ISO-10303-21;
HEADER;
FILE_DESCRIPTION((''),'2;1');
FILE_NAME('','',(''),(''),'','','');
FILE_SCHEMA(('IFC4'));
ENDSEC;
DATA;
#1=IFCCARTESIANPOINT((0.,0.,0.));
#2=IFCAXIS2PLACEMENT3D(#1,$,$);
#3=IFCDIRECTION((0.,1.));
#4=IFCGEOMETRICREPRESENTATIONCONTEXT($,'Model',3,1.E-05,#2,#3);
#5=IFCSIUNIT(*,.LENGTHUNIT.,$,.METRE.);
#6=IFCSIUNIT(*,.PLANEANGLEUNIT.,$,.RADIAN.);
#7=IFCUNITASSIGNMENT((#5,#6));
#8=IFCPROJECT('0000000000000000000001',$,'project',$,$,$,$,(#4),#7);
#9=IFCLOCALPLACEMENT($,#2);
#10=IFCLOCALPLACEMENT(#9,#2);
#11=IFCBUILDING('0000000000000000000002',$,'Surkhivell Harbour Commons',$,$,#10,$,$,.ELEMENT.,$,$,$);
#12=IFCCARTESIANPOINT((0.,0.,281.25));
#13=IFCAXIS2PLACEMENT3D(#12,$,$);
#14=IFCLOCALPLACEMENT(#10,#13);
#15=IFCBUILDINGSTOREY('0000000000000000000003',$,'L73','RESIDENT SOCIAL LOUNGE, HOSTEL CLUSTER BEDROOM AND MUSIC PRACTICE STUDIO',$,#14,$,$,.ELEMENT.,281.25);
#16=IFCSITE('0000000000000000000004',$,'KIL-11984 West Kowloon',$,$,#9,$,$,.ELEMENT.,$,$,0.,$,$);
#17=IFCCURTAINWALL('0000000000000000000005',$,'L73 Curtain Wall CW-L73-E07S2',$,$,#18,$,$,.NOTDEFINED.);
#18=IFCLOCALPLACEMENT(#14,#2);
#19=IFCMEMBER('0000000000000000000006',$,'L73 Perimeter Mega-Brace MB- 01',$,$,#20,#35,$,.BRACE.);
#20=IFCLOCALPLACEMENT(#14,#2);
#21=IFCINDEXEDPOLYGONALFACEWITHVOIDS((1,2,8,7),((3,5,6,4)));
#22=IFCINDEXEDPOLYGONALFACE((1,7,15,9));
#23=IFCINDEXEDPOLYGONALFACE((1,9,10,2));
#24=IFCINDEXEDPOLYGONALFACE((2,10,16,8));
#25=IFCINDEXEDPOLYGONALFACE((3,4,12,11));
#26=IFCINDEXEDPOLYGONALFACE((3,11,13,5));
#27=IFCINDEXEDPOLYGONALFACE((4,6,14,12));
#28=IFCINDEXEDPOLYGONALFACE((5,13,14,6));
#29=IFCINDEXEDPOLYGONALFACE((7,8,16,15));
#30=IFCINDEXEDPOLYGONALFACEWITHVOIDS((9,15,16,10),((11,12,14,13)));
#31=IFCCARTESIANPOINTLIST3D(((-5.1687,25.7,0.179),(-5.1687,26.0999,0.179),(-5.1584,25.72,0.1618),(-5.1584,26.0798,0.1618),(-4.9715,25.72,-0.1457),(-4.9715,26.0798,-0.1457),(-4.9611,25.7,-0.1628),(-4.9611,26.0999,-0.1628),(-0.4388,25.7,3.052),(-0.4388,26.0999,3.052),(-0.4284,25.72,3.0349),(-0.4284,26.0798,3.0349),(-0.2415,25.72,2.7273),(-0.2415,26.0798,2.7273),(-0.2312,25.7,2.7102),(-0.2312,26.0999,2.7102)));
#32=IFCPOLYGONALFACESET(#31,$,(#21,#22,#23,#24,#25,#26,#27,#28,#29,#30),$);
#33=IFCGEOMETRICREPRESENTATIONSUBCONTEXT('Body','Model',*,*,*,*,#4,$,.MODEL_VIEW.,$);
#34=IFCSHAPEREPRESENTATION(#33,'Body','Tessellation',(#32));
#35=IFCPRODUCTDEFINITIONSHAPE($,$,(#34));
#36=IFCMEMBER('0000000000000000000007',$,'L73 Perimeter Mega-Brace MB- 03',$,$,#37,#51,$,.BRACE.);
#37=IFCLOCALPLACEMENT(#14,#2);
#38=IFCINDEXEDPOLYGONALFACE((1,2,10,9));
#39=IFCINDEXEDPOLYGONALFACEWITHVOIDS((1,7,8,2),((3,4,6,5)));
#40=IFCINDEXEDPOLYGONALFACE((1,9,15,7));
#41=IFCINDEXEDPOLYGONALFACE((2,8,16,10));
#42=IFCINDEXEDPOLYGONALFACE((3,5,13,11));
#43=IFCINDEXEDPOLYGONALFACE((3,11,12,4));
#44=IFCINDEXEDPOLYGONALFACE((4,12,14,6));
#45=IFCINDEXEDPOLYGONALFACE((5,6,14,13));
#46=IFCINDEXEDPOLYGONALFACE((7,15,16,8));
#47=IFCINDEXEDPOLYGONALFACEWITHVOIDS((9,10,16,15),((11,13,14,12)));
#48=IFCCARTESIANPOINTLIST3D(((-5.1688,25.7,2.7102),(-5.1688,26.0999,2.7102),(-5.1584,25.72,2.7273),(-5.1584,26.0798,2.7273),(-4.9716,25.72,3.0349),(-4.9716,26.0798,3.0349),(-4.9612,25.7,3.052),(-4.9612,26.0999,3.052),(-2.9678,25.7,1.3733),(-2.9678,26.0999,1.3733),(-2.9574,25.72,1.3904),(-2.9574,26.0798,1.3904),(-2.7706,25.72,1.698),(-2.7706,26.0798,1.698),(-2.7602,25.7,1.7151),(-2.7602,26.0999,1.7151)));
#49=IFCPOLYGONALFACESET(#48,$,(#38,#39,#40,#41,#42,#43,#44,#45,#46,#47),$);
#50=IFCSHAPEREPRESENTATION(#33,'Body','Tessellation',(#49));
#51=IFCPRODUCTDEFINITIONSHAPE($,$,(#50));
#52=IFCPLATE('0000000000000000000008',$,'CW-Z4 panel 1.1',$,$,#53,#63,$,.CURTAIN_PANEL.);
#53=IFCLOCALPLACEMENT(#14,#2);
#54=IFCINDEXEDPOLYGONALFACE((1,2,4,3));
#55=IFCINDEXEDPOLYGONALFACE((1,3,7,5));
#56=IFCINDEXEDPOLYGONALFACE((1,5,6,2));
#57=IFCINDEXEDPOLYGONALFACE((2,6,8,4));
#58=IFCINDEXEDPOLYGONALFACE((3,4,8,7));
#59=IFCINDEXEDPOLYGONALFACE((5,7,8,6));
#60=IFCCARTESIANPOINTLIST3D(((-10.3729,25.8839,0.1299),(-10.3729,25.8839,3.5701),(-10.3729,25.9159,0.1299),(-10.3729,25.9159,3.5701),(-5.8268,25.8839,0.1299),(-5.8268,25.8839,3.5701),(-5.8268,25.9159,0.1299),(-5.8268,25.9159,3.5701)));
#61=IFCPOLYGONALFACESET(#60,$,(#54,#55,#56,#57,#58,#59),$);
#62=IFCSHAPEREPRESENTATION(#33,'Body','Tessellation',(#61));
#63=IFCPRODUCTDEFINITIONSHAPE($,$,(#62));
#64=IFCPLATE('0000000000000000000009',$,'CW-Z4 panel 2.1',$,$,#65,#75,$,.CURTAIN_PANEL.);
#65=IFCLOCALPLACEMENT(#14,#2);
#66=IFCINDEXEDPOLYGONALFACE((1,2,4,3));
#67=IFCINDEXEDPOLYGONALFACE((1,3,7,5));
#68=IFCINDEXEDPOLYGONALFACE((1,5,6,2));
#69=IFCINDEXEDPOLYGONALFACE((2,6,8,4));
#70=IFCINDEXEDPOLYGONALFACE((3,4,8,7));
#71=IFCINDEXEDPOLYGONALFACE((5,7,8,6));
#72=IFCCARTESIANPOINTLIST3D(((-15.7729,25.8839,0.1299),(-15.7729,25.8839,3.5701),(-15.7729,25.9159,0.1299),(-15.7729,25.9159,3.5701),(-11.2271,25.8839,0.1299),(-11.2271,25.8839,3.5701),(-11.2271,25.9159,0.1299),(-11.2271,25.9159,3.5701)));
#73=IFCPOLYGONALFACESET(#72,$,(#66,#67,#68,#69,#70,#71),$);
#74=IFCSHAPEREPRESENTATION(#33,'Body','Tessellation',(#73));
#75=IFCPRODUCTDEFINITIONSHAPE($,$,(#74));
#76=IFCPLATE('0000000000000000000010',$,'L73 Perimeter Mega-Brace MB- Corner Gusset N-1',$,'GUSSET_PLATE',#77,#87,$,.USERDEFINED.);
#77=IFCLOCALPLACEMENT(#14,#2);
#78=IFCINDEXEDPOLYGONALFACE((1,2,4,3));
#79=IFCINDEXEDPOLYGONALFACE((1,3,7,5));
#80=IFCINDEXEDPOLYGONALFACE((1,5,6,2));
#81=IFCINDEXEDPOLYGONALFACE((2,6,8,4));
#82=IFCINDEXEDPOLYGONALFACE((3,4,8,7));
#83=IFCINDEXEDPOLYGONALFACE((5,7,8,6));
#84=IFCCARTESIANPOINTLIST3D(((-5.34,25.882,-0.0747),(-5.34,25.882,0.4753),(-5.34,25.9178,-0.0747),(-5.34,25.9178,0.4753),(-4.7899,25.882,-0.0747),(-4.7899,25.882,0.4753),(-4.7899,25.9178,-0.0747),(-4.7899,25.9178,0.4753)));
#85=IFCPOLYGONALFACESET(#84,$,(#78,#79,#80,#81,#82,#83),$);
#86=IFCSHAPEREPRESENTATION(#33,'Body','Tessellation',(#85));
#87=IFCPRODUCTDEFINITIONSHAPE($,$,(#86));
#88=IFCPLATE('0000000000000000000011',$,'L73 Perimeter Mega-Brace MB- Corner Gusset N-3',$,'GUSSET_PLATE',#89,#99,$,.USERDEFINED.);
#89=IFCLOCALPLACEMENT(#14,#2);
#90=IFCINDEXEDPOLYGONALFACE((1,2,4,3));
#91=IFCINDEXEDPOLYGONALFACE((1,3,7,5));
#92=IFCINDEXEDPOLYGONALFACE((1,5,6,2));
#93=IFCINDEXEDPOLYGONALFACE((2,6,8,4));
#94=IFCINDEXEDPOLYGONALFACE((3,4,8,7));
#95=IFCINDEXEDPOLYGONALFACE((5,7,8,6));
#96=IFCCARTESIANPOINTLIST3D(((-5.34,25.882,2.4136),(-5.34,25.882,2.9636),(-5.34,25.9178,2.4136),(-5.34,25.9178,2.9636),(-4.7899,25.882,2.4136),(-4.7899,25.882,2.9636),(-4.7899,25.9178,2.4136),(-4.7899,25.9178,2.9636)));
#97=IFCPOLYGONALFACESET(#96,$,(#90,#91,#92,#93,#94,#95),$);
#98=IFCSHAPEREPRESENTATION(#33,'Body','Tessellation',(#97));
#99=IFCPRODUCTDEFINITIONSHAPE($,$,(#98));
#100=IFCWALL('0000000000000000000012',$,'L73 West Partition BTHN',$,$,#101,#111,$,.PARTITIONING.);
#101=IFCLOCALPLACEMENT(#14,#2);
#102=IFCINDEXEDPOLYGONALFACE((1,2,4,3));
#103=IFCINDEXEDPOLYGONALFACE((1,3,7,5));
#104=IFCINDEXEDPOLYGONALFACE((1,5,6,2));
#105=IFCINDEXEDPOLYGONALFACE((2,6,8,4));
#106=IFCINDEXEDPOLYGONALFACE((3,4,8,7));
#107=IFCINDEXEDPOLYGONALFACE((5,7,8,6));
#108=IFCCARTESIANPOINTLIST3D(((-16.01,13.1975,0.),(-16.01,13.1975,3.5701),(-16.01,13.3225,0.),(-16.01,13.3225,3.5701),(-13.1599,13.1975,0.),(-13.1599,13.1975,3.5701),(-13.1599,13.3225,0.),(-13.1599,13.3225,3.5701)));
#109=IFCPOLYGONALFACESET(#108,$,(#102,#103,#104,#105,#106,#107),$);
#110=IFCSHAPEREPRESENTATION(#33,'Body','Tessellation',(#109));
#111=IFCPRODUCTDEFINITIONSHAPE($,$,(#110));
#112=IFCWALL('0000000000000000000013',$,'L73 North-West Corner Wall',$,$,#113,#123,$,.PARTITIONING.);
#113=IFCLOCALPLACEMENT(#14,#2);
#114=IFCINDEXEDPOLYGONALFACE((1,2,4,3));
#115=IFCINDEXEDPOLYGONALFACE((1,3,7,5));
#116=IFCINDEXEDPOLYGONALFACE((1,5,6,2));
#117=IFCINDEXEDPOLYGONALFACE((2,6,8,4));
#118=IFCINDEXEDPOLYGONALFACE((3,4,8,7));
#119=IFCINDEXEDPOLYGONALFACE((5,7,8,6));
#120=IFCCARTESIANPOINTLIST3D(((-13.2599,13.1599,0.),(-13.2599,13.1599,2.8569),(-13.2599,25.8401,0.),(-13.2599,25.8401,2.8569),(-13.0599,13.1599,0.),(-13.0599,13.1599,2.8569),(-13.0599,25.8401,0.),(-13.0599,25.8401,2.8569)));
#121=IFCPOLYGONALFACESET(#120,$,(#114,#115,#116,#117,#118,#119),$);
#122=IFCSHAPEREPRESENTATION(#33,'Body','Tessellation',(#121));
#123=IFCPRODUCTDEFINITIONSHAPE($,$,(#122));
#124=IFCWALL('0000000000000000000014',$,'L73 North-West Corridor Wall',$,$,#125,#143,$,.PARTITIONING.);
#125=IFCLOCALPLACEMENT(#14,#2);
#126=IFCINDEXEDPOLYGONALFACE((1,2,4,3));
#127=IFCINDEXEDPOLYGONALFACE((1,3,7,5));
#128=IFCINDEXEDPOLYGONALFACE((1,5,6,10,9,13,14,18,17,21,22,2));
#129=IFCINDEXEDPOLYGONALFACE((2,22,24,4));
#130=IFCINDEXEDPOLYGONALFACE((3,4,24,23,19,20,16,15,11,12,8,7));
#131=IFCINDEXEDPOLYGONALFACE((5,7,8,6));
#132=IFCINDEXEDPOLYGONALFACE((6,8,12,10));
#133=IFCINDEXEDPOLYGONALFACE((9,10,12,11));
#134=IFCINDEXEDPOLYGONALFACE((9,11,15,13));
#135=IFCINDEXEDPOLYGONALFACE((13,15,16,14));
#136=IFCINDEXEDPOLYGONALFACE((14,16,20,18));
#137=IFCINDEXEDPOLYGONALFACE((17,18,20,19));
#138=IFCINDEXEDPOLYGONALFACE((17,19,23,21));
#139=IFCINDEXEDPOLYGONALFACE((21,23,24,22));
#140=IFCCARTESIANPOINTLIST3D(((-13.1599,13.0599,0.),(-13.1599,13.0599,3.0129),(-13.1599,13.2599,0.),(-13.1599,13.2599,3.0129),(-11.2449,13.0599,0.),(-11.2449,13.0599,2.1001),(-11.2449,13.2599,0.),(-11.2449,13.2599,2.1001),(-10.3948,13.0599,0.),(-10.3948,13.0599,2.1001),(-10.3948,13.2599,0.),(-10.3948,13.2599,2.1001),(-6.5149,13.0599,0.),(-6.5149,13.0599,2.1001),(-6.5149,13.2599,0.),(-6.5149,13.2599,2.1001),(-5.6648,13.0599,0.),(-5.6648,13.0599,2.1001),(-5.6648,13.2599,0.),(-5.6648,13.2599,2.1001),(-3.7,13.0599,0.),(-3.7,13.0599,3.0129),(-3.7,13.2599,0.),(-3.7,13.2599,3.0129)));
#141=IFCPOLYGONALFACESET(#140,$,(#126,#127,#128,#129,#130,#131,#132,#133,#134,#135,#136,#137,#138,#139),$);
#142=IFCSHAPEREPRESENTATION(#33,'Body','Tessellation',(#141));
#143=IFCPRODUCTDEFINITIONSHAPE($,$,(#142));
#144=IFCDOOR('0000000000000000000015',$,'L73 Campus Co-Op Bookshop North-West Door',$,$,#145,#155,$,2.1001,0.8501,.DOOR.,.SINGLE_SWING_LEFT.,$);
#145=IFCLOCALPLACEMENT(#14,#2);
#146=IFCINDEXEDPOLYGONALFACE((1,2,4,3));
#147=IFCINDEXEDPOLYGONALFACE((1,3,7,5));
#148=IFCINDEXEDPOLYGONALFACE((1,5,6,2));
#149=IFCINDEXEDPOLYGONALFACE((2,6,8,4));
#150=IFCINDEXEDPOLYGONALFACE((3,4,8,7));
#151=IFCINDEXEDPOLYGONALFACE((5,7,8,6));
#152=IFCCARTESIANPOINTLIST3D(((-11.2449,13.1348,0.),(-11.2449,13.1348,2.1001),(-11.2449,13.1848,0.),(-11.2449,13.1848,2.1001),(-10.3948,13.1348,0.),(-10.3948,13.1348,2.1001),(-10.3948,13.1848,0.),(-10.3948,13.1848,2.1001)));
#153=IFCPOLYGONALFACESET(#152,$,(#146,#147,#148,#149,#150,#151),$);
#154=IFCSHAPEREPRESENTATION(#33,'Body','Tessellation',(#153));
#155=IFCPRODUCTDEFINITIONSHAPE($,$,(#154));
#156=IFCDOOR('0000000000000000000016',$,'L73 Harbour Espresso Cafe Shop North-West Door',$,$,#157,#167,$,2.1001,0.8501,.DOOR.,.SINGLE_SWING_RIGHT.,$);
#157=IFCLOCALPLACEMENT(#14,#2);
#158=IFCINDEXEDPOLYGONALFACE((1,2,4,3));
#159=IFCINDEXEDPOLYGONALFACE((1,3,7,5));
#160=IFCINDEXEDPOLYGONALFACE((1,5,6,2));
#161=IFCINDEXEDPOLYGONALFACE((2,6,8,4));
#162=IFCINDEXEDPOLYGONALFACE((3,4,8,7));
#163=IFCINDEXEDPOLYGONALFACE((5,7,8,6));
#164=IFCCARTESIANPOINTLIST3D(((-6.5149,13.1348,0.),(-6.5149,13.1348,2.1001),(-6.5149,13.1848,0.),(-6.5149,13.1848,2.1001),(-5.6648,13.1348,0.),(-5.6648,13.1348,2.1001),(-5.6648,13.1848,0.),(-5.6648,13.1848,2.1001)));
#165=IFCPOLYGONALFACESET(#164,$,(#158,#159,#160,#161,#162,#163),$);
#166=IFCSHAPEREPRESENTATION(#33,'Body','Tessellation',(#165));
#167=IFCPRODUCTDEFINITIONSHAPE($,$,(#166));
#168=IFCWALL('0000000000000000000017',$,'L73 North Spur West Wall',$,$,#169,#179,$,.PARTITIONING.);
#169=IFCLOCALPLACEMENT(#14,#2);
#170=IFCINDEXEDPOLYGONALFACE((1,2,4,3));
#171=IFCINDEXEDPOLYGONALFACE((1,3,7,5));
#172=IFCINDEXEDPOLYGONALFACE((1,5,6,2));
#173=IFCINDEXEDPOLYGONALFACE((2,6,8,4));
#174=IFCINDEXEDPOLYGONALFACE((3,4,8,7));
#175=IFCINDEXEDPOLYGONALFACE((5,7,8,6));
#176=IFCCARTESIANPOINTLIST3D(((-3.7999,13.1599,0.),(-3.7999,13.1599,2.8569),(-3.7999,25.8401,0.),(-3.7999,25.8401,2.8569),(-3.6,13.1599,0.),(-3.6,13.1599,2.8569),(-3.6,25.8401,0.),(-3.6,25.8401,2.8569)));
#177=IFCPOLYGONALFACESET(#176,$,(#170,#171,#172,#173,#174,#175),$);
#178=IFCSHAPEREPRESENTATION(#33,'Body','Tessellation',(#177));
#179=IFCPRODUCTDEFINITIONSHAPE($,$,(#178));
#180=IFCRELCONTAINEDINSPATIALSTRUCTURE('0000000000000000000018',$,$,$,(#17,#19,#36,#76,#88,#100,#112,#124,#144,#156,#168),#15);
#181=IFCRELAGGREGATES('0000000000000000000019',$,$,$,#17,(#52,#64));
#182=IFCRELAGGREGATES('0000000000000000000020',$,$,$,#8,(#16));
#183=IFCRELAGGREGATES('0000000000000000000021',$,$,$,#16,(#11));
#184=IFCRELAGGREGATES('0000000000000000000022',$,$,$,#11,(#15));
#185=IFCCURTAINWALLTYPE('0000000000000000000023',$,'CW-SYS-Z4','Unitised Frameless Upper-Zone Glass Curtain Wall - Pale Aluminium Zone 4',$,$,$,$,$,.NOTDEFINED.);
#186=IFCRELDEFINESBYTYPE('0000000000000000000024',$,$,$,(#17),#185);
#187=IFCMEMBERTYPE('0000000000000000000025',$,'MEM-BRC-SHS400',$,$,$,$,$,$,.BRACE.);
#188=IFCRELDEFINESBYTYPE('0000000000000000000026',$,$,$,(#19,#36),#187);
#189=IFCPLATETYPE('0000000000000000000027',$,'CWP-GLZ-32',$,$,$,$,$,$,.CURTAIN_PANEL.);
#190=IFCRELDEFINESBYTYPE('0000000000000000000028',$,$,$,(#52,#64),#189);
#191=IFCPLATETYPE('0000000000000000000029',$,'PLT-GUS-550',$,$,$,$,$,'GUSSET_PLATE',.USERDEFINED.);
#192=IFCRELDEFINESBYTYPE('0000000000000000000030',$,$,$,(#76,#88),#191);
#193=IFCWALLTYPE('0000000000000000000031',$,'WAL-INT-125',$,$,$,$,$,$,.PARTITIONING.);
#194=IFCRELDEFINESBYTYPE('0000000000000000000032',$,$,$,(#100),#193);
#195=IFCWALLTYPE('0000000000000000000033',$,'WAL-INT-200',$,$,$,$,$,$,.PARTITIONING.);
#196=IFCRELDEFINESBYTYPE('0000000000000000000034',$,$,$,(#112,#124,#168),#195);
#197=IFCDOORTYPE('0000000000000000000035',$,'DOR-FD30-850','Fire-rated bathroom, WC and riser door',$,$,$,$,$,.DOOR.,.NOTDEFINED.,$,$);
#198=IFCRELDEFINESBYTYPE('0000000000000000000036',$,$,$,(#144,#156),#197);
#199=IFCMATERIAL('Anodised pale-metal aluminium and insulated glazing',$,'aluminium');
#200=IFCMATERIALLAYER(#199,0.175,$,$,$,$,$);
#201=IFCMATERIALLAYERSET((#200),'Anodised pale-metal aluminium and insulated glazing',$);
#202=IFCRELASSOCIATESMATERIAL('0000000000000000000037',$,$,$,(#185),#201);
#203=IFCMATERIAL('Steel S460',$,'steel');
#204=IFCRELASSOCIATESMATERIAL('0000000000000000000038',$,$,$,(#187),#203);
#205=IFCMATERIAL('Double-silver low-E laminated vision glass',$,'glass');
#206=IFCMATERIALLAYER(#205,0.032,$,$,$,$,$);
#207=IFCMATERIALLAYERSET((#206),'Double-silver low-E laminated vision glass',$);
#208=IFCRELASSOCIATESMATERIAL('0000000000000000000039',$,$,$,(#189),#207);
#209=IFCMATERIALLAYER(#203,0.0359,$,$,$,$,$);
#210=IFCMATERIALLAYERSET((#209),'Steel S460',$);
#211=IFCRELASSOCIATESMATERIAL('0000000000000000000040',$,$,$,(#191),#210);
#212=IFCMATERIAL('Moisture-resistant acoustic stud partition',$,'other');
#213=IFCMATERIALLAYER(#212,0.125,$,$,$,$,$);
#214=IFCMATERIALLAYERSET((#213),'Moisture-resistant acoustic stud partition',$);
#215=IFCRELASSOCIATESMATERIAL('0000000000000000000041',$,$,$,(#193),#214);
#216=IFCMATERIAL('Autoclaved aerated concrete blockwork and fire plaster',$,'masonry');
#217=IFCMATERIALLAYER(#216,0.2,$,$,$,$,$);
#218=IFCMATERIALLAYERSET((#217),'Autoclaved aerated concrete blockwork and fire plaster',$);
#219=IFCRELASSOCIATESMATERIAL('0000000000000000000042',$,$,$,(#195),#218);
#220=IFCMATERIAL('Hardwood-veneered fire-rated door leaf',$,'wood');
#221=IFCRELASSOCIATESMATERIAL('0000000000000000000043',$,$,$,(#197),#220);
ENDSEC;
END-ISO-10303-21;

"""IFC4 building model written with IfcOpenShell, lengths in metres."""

from ifc_helpers import new_model, si_unit, direction, frame, frame_2d, origin, origin_2d, place, context, subcontext, project, spatial, rectangle, hollow_rectangle, extrude, material, layer, layer_set, material_profile, profile_set, type_object, element, fill, aggregate, save


model = new_model("IFC4")

# Units and contexts
model_context = context("Model", 3, precision=1e-05, world=origin(), true_north=direction((0.0, 1.0)))
body_context = subcontext(model_context, "Body", "Model", "MODEL_VIEW")
ifc_project = project(units=[si_unit("LENGTHUNIT", "METRE"), si_unit("PLANEANGLEUNIT", "RADIAN")], contexts=[model_context])

# Site, building, storey
site_placement = place(None, origin())
site = spatial("IfcSite", under=ifc_project, at=site_placement, Name="KIL-11984 West Kowloon", CompositionType="ELEMENT", RefElevation=0.0)
building_placement = place(site_placement, origin())
building = spatial("IfcBuilding", under=site, at=building_placement, Name="Surkhivell Harbour Commons", CompositionType="ELEMENT")
storey_placement = place(building_placement, frame((0.0, 0.0, 281.25)))
storey = spatial("IfcBuildingStorey", under=building, at=storey_placement, Name="L73", Description="RESIDENT SOCIAL LOUNGE, HOSTEL CLUSTER BEDROOM AND MUSIC PRACTICE STUDIO", CompositionType="ELEMENT", Elevation=281.25)

# Curtain wall
ifc_material_1 = material(Name="Anodised pale-metal aluminium and insulated glazing", Category="aluminium")
ifc_layer_1 = layer(ifc_material_1, 0.175)
ifc_layer_set_1 = layer_set([ifc_layer_1], Name="Anodised pale-metal aluminium and insulated glazing")
curtain_wall_type = type_object("IfcCurtainWallType", Name="CW-SYS-Z4", Description="Unitised Frameless Upper-Zone Glass Curtain Wall - Pale Aluminium Zone 4", PredefinedType="NOTDEFINED", material=ifc_layer_set_1)
curtain_wall_placement = place(storey_placement, origin())
curtain_wall = element("IfcCurtainWall", 1, at=curtain_wall_placement, inside=storey, type_object=curtain_wall_type, Name="L73 Curtain Wall CW-L73-E07S2", PredefinedType="NOTDEFINED")

# Members
ifc_material_2 = material(Name="Steel S460", Category="steel")
ifc_material_profile_1 = material_profile(ifc_material_2, hollow_rectangle(XDim=0.3999, YDim=0.3999, WallThickness=0.02, at=origin_2d()), Name="SHS400x400x20")
ifc_profile_set_1 = profile_set([ifc_material_profile_1], Name="Steel S460")
member_type_1 = type_object("IfcMemberType", Name="MEM-BRC-SHS400", PredefinedType="BRACE", material=ifc_profile_set_1)
member_1_placement = place(storey_placement, frame((-5.0649, 25.8999, 0.0081), z_axis=(0.854685, 0.0, 0.519146), x_axis=(0.0, 1.0, 0.0)))
element("IfcMember", 2, at=member_1_placement, inside=storey, type_object=member_type_1, Name="L73 Perimeter Mega-Brace MB- 01", PredefinedType="BRACE", context=body_context, shape_type="SweptSolid", body=[
    extrude(hollow_rectangle(XDim=0.3999, YDim=0.3999, WallThickness=0.02, at=origin_2d()), origin(), (0.0, 0.0, 1.0), 5.5342),
])
member_2_placement = place(storey_placement, frame((-2.864, 25.8999, 1.5442), z_axis=(-0.854678, 0.0, 0.519159), x_axis=(0.0, -1.0, 0.0)))
element("IfcMember", 3, at=member_2_placement, inside=storey, type_object=member_type_1, Name="L73 Perimeter Mega-Brace MB- 03", PredefinedType="BRACE", context=body_context, shape_type="SweptSolid", body=[
    extrude(hollow_rectangle(XDim=0.3999, YDim=0.3999, WallThickness=0.02, at=origin_2d()), origin(), (0.0, 0.0, 1.0), 2.5752),
])

# Plates
ifc_material_3 = material(Name="Double-silver low-E laminated vision glass", Category="glass")
ifc_layer_2 = layer(ifc_material_3, 0.032)
ifc_layer_set_2 = layer_set([ifc_layer_2], Name="Double-silver low-E laminated vision glass")
plate_type_1 = type_object("IfcPlateType", Name="CWP-GLZ-32", PredefinedType="CURTAIN_PANEL", material=ifc_layer_set_2)
plate_1_placement = place(storey_placement, frame((-5.8269, 25.8999, 0.1299), z_axis=(0.0, 0.0, 1.0), x_axis=(-1.0, 0.0, 0.0)))
plate_1 = element("IfcPlate", 4, at=plate_1_placement, type_object=plate_type_1, Name="CW-Z4 panel 1.1", PredefinedType="CURTAIN_PANEL", context=body_context, shape_type="SweptSolid", body=[
    extrude(rectangle(XDim=4.5461, YDim=0.032, at=frame_2d((2.2729, 0.0))), origin(), (0.0, 0.0, 1.0), 3.4402),
])
plate_2_placement = place(storey_placement, frame((-11.2271, 25.8999, 0.1299), z_axis=(0.0, 0.0, 1.0), x_axis=(-1.0, 0.0, 0.0)))
plate_2 = element("IfcPlate", 5, at=plate_2_placement, type_object=plate_type_1, Name="CW-Z4 panel 2.1", PredefinedType="CURTAIN_PANEL", context=body_context, shape_type="SweptSolid", body=[
    extrude(rectangle(XDim=4.5459, YDim=0.032, at=frame_2d((2.2729, 0.0))), origin(), (0.0, 0.0, 1.0), 3.4402),
])
aggregate(curtain_wall, [plate_1, plate_2])

# Plates
ifc_layer_3 = layer(ifc_material_2, 0.0359)
ifc_layer_set_3 = layer_set([ifc_layer_3], Name="Steel S460")
plate_type_2 = type_object("IfcPlateType", Name="PLT-GUS-550", ElementType="GUSSET_PLATE", PredefinedType="USERDEFINED", material=ifc_layer_set_3)
for number, where, z_axis, x_axis, name in (
    (6, (-5.0649, 25.8999, -0.0747), (0.0, 0.0, 1.0), (1.0, 0.0, 0.0), "L73 Perimeter Mega-Brace MB- Corner Gusset N-1"),
    (7, (-5.0649, 25.8999, 2.4136), (0.0, 0.0, 1.0), (1.0, 0.0, 0.0), "L73 Perimeter Mega-Brace MB- Corner Gusset N-3"),
):
    element("IfcPlate", number, at=place(storey_placement, frame(where, z_axis=z_axis, x_axis=x_axis)), inside=storey, type_object=plate_type_2, Name=name, ObjectType="GUSSET_PLATE", PredefinedType="USERDEFINED", context=body_context, shape_type="SweptSolid", body=[
        extrude(rectangle(XDim=0.55, YDim=0.0359, at=origin_2d()), origin(), (0.0, 0.0, 1.0), 0.55),
    ])

# Walls
ifc_material_4 = material(Name="Moisture-resistant acoustic stud partition", Category="other")
ifc_layer_4 = layer(ifc_material_4, 0.125)
ifc_layer_set_4 = layer_set([ifc_layer_4], Name="Moisture-resistant acoustic stud partition")
wall_type_1 = type_object("IfcWallType", Name="WAL-INT-125", PredefinedType="PARTITIONING", material=ifc_layer_set_4)
wall_1_placement = place(storey_placement, frame((-16.01, 13.26, 0.0), z_axis=(0.0, 0.0, 1.0), x_axis=(1.0, 0.0, 0.0)))
element("IfcWall", 8, at=wall_1_placement, inside=storey, type_object=wall_type_1, Name="L73 West Partition BTHN", PredefinedType="PARTITIONING", context=body_context, shape_type="SweptSolid", body=[
    extrude(rectangle(XDim=2.8501, YDim=0.125, at=frame_2d((1.425, 0.0))), origin(), (0.0, 0.0, 1.0), 3.5701),
])
ifc_material_5 = material(Name="Autoclaved aerated concrete blockwork and fire plaster", Category="masonry")
ifc_layer_5 = layer(ifc_material_5, 0.2)
ifc_layer_set_5 = layer_set([ifc_layer_5], Name="Autoclaved aerated concrete blockwork and fire plaster")
wall_type_2 = type_object("IfcWallType", Name="WAL-INT-200", PredefinedType="PARTITIONING", material=ifc_layer_set_5)
wall_2_placement = place(storey_placement, frame((-13.1599, 13.1599, 0.0), z_axis=(0.0, 0.0, 1.0), x_axis=(0.0, 1.0, 0.0)))
element("IfcWall", 9, at=wall_2_placement, inside=storey, type_object=wall_type_2, Name="L73 North-West Corner Wall", PredefinedType="PARTITIONING", context=body_context, shape_type="SweptSolid", body=[
    extrude(rectangle(XDim=12.6802, YDim=0.2, at=frame_2d((6.3401, 0.0))), origin(), (0.0, 0.0, 1.0), 2.8569),
])

# Wall, openings, doors
wall_3_placement = place(storey_placement, frame((-13.1599, 13.1599, 0.0), z_axis=(0.0, 0.0, 1.0), x_axis=(1.0, 0.0, 0.0)))
wall_3 = element("IfcWall", 10, at=wall_3_placement, inside=storey, type_object=wall_type_2, Name="L73 North-West Corridor Wall", PredefinedType="PARTITIONING", context=body_context, shape_type="SweptSolid", body=[
    extrude(rectangle(XDim=9.46, YDim=0.2, at=frame_2d((4.73, 0.0))), origin(), (0.0, 0.0, 1.0), 3.0129),
])
opening_1_placement = place(wall_3_placement, frame((1.915, 0.0, 0.0)))
opening_1 = element("IfcOpeningElement", 11, at=opening_1_placement, cuts=wall_3, PredefinedType="OPENING", context=body_context, shape_type="SweptSolid", body=[
    extrude(rectangle(XDim=0.8501, YDim=2.1001, at=frame_2d((0.425, 1.05))), frame((0.0, 0.1099, 0.0), z_axis=(0.0, -1.0, 0.0), x_axis=(1.0, 0.0, 0.0)), (0.0, 0.0, 1.0), 0.22),
])
opening_2_placement = place(wall_3_placement, frame((6.645, 0.0, 0.0)))
opening_2 = element("IfcOpeningElement", 12, at=opening_2_placement, cuts=wall_3, PredefinedType="OPENING", context=body_context, shape_type="SweptSolid", body=[
    extrude(rectangle(XDim=0.8501, YDim=2.1001, at=frame_2d((0.425, 1.05))), frame((0.0, 0.1099, 0.0), z_axis=(0.0, -1.0, 0.0), x_axis=(1.0, 0.0, 0.0)), (0.0, 0.0, 1.0), 0.22),
])
ifc_material_6 = material(Name="Hardwood-veneered fire-rated door leaf", Category="wood")
door_type = type_object("IfcDoorType", Name="DOR-FD30-850", Description="Fire-rated bathroom, WC and riser door", OperationType="NOTDEFINED", PredefinedType="DOOR", material=ifc_material_6)
door_1_placement = place(opening_1_placement, origin())
door_1 = element("IfcDoor", 13, at=door_1_placement, inside=storey, type_object=door_type, Name="L73 Campus Co-Op Bookshop North-West Door", OperationType="SINGLE_SWING_LEFT", OverallHeight=2.1001, OverallWidth=0.8501, PredefinedType="DOOR", context=body_context, shape_type="SweptSolid", body=[
    extrude(rectangle(XDim=0.8501, YDim=2.1001, at=frame_2d((0.425, 1.05))), frame((0.0, 0.0249, 0.0), z_axis=(0.0, -1.0, 0.0), x_axis=(1.0, 0.0, 0.0)), (0.0, 0.0, 1.0), 0.05),
])
fill(opening_1, door_1)
door_2_placement = place(opening_2_placement, origin())
door_2 = element("IfcDoor", 14, at=door_2_placement, inside=storey, type_object=door_type, Name="L73 Harbour Espresso Cafe Shop North-West Door", OperationType="SINGLE_SWING_RIGHT", OverallHeight=2.1001, OverallWidth=0.8501, PredefinedType="DOOR", context=body_context, shape_type="SweptSolid", body=[
    extrude(rectangle(XDim=0.8501, YDim=2.1001, at=frame_2d((0.425, 1.05))), frame((0.0, 0.0249, 0.0), z_axis=(0.0, -1.0, 0.0), x_axis=(1.0, 0.0, 0.0)), (0.0, 0.0, 1.0), 0.05),
])
fill(opening_2, door_2)

# Wall
for number, where, z_axis, x_axis, name in (
    (15, (-3.7, 13.1599, 0.0), (0.0, 0.0, 1.0), (0.0, 1.0, 0.0), "L73 North Spur West Wall"),
):
    element("IfcWall", number, at=place(storey_placement, frame(where, z_axis=z_axis, x_axis=x_axis)), inside=storey, type_object=wall_type_2, Name=name, PredefinedType="PARTITIONING", context=body_context, shape_type="SweptSolid", body=[
        extrude(rectangle(XDim=12.6802, YDim=0.2, at=frame_2d((6.3401, 0.0))), origin(), (0.0, 0.0, 1.0), 2.8569),
    ])

save(model, "model.ifc")
